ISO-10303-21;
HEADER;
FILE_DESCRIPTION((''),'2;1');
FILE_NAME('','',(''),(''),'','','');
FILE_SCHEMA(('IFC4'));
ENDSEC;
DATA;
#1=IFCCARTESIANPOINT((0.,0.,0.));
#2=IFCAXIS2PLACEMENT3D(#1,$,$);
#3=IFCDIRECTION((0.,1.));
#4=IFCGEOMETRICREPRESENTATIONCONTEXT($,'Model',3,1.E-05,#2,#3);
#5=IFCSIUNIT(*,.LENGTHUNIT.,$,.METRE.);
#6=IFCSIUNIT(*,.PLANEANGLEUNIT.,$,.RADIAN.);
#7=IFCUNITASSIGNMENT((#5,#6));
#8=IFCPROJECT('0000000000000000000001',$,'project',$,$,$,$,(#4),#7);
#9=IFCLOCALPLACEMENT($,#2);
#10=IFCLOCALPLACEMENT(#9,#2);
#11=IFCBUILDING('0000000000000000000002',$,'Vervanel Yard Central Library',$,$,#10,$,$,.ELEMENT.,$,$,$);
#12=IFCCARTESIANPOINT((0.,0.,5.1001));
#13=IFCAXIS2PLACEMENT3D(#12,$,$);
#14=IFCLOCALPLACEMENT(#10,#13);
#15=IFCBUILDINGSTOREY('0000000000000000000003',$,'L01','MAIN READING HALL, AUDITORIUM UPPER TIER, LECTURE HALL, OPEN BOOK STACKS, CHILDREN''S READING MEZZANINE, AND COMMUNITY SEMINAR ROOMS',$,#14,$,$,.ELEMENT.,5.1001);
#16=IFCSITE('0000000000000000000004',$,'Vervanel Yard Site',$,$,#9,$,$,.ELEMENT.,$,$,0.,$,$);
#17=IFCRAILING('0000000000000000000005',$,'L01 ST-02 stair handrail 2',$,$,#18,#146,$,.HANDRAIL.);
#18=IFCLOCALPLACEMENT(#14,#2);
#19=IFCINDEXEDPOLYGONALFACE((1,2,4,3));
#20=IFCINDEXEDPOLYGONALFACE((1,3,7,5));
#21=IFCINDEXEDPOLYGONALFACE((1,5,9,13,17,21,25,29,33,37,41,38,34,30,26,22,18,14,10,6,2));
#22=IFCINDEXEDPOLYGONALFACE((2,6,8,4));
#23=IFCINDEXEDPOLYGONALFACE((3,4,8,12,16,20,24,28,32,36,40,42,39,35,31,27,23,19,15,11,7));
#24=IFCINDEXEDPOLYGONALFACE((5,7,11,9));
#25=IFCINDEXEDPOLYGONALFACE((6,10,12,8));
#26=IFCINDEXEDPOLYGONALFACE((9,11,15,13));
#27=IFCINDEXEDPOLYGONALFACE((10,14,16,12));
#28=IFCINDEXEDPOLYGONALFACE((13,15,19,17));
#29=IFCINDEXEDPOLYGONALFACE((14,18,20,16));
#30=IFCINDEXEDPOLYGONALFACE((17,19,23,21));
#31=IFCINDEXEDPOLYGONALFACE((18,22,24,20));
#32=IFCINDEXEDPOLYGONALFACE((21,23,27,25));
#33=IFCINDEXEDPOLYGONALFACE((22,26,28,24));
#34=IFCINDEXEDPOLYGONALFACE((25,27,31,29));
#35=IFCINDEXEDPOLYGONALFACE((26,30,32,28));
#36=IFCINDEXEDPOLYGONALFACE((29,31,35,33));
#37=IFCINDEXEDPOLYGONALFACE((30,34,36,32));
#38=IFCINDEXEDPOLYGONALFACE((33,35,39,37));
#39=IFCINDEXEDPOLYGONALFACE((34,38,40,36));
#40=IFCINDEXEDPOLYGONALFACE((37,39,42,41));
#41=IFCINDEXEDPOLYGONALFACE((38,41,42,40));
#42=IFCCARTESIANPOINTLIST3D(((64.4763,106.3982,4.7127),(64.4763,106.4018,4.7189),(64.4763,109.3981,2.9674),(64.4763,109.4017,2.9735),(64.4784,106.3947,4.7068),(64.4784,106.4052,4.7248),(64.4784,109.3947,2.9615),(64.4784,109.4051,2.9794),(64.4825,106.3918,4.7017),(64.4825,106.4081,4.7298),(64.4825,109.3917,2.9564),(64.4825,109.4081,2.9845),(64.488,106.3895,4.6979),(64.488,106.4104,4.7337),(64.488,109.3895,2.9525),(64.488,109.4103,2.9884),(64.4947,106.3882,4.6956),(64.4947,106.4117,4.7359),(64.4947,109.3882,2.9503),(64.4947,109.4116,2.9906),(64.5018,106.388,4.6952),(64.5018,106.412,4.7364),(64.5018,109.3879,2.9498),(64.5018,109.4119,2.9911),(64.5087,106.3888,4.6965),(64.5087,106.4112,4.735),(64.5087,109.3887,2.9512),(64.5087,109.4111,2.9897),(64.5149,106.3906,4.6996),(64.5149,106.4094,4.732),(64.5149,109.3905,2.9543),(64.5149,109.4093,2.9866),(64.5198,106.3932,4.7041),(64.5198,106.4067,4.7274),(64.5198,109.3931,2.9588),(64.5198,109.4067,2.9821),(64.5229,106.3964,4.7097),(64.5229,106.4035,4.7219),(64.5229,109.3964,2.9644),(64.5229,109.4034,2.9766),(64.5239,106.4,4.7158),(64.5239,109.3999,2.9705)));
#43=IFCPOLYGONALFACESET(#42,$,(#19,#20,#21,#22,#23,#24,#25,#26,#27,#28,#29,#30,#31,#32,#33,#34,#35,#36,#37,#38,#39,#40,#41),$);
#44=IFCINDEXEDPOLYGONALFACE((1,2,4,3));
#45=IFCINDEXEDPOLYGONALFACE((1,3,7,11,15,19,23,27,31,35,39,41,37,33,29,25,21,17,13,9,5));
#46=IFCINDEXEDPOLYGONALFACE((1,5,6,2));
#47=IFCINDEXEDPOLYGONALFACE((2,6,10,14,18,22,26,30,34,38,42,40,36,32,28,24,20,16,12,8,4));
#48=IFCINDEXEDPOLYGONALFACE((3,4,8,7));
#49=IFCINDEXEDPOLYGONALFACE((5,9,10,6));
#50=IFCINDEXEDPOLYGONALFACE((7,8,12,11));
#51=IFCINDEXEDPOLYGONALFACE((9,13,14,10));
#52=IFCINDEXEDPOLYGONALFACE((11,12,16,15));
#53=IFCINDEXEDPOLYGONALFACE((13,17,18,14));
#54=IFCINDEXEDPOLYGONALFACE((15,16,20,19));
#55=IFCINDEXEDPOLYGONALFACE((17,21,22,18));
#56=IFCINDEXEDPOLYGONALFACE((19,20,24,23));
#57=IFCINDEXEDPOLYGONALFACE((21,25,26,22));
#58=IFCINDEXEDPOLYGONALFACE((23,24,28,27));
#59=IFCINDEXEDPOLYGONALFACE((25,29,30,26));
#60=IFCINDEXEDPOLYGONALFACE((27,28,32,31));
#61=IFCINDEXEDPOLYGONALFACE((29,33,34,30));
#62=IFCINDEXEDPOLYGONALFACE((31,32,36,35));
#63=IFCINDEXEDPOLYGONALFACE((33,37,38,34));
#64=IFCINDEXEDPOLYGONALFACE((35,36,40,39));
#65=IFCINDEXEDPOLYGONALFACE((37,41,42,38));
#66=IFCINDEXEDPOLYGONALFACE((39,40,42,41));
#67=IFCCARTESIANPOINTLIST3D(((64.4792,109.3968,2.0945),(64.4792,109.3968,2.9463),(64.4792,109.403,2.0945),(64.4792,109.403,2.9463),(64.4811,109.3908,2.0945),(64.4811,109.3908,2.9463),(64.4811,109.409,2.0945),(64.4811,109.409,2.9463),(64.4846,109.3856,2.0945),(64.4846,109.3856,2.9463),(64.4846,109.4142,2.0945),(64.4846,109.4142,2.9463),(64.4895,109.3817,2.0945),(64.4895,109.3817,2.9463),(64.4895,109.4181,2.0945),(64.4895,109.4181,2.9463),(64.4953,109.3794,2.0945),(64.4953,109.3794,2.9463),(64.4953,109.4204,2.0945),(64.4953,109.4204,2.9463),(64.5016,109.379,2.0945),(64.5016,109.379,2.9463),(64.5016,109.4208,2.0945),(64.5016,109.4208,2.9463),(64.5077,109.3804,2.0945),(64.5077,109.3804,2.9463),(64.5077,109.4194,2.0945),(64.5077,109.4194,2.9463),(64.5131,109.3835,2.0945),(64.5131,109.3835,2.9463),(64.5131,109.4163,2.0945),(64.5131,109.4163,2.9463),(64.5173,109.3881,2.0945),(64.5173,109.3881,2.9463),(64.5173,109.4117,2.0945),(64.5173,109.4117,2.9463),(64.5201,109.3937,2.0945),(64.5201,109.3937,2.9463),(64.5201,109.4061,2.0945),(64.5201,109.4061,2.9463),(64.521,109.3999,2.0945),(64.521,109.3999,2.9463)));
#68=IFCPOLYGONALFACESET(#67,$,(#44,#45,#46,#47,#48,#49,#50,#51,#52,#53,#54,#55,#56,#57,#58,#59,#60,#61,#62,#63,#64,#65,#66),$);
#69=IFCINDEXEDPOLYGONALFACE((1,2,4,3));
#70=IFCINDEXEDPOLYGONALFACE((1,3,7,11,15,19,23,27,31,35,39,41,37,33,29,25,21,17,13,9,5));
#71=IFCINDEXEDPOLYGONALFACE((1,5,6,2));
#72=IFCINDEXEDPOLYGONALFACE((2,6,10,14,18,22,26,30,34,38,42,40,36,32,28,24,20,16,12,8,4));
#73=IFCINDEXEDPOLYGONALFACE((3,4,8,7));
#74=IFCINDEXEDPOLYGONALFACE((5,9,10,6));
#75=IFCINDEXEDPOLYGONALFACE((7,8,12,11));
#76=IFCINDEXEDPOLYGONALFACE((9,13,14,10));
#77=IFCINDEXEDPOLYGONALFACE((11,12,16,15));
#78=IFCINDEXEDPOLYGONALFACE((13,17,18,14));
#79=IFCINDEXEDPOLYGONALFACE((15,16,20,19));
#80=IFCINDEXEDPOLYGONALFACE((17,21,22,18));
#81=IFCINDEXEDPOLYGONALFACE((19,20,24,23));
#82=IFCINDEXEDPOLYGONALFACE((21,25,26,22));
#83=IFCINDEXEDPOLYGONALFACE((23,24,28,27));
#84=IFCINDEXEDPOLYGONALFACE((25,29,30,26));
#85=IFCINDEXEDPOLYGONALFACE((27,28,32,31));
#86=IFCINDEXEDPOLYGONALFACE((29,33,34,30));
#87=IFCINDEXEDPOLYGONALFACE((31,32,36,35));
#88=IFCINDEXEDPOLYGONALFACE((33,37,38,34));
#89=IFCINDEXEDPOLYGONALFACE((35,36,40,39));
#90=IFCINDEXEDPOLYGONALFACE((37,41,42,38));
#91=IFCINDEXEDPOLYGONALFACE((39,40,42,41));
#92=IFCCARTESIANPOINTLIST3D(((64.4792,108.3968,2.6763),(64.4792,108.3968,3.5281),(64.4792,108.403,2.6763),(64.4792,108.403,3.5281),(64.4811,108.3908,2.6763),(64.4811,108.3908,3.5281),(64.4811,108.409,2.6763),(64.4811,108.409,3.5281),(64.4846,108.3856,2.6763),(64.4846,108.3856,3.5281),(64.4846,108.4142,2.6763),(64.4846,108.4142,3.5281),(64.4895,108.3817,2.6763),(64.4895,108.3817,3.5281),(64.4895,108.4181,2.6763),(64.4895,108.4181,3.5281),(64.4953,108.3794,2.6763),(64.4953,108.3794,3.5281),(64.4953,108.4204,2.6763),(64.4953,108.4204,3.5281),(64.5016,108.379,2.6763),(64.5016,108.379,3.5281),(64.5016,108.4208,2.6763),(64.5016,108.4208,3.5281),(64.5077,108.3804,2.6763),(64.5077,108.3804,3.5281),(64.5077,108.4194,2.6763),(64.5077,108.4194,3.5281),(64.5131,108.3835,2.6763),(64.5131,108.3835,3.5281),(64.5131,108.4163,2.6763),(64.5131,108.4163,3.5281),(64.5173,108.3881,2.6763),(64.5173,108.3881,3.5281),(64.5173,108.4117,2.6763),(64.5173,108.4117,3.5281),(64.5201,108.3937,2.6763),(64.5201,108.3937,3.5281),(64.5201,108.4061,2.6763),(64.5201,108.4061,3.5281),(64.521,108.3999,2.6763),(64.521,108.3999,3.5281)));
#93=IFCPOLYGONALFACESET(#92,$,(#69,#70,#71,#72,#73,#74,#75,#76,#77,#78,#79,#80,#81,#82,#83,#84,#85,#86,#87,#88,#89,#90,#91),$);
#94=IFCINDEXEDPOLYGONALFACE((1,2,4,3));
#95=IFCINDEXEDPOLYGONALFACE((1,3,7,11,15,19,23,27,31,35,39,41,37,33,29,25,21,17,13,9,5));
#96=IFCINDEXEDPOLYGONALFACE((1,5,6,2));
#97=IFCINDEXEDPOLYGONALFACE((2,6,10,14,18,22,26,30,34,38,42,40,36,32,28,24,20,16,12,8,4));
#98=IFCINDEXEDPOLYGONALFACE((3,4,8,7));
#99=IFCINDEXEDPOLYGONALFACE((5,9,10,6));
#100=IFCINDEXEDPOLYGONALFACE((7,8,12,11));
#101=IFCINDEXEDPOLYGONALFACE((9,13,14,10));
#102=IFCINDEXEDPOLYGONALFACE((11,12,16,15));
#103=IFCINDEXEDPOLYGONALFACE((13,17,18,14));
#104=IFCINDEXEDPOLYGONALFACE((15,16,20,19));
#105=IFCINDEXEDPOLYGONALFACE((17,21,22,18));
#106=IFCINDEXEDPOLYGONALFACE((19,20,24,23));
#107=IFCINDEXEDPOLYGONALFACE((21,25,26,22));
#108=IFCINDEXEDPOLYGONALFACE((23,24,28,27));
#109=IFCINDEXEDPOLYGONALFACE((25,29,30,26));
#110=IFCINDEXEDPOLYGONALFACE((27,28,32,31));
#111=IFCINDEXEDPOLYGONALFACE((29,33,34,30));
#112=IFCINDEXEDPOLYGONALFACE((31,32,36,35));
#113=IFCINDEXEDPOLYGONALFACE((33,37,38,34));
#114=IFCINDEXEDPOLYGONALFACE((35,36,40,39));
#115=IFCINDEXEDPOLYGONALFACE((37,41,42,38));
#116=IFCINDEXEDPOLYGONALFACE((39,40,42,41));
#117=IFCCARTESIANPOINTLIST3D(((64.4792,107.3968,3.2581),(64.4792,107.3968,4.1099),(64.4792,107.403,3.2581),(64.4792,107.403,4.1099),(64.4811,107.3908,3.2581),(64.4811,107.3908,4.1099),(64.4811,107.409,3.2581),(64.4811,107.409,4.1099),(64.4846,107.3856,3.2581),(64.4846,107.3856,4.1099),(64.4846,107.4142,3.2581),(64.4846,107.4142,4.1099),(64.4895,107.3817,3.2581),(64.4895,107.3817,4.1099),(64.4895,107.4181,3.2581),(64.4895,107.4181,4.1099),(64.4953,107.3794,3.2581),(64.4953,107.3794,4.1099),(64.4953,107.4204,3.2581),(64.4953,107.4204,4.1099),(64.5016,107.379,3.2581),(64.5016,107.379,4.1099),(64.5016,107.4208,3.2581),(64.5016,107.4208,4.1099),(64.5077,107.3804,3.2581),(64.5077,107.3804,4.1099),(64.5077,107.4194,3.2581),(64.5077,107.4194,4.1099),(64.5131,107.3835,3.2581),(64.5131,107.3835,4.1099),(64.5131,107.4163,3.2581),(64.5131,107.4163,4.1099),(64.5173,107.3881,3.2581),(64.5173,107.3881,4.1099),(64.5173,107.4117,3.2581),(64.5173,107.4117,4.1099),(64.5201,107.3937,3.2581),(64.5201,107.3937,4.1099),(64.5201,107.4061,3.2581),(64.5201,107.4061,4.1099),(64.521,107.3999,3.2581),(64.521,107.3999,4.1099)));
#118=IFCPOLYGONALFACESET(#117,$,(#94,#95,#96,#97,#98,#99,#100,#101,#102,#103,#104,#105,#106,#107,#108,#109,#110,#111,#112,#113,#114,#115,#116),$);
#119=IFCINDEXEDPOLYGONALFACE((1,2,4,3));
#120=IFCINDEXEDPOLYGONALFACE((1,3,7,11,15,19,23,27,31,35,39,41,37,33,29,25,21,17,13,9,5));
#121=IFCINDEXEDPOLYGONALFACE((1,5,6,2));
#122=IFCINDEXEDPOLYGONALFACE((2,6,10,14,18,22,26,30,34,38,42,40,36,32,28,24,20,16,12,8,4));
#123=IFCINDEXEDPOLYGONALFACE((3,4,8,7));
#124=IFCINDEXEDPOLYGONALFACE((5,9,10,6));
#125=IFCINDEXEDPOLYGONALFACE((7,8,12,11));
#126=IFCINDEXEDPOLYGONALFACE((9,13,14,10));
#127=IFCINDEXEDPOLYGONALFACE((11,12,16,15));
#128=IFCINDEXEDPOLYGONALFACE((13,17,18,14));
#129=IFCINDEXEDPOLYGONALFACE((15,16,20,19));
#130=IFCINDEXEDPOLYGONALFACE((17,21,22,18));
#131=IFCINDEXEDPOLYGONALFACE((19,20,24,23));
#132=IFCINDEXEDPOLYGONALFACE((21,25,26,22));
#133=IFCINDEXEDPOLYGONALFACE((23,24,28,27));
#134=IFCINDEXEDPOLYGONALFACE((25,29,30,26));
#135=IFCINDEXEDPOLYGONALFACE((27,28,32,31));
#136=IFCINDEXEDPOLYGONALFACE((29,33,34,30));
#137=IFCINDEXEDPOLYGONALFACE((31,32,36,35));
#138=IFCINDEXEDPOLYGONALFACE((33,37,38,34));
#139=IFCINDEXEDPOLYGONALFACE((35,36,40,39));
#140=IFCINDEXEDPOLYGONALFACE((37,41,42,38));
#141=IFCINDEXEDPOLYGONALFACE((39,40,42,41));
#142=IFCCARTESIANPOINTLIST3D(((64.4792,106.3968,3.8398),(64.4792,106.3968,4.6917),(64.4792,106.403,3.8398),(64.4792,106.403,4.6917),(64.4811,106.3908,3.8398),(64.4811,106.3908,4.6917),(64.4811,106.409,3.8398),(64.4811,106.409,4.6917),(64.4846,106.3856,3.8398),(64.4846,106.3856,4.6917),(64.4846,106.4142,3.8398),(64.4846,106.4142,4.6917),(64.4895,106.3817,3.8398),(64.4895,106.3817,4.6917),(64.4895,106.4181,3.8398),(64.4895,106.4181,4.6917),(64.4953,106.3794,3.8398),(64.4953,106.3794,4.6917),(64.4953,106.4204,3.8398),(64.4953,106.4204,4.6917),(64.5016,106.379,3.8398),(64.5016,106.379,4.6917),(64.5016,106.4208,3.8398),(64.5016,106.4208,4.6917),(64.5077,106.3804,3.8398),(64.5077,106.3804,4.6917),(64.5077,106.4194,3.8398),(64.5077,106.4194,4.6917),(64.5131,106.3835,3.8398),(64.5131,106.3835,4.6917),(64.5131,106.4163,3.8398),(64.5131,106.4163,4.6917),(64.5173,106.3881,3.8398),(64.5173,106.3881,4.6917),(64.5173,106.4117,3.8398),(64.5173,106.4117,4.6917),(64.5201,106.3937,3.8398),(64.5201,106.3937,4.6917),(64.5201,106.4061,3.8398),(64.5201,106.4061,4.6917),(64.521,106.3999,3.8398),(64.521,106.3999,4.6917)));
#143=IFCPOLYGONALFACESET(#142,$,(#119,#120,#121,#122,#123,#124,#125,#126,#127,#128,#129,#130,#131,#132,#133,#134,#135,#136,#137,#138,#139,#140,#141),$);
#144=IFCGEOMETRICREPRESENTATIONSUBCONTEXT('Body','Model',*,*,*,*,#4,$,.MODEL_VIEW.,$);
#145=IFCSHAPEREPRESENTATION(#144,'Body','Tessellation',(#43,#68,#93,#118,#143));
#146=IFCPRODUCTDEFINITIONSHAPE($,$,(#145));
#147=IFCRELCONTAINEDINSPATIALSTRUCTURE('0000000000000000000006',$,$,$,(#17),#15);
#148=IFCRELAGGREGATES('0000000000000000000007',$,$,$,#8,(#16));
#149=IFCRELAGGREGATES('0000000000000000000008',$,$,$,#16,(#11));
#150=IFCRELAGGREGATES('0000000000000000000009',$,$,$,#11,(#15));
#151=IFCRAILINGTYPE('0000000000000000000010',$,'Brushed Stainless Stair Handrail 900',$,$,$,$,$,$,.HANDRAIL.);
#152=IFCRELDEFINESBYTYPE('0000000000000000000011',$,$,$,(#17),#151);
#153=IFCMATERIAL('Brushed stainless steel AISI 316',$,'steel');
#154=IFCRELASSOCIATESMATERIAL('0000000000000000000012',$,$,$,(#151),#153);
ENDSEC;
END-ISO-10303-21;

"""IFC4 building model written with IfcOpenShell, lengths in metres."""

from ifc_helpers import new_model, si_unit, direction, frame, origin, origin_2d, place, context, subcontext, project, spatial, circle, extrude, material, type_object, element, save


model = new_model("IFC4")

# Units and contexts
model_context = context("Model", 3, precision=1e-05, world=origin(), true_north=direction((0.0, 1.0)))
body_context = subcontext(model_context, "Body", "Model", "MODEL_VIEW")
ifc_project = project(units=[si_unit("LENGTHUNIT", "METRE"), si_unit("PLANEANGLEUNIT", "RADIAN")], contexts=[model_context])

# Site, building, storey
site_placement = place(None, origin())
site = spatial("IfcSite", under=ifc_project, at=site_placement, Name="Vervanel Yard Site", CompositionType="ELEMENT", RefElevation=0.0)
building_placement = place(site_placement, origin())
building = spatial("IfcBuilding", under=site, at=building_placement, Name="Vervanel Yard Central Library", CompositionType="ELEMENT")
storey_placement = place(building_placement, frame((0.0, 0.0, 5.1001)))
storey = spatial("IfcBuildingStorey", under=building, at=storey_placement, Name="L01", Description="MAIN READING HALL, AUDITORIUM UPPER TIER, LECTURE HALL, OPEN BOOK STACKS, CHILDREN'S READING MEZZANINE, AND COMMUNITY SEMINAR ROOMS", CompositionType="ELEMENT", Elevation=5.1001)

# Shared definitions
ifc_material_1 = material(Name="Brushed stainless steel AISI 316", Category="steel")

# Railing
railing_type_1 = type_object("IfcRailingType", Name="Brushed Stainless Stair Handrail 900", PredefinedType="HANDRAIL", material=ifc_material_1)
railing_1_placement = place(storey_placement, frame((64.5, 109.3999, 2.0945)))
element("IfcRailing", 1, at=railing_1_placement, inside=storey, type_object=railing_type_1, Name="L01 ST-02 stair handrail 2", PredefinedType="HANDRAIL", context=body_context, shape_type="SweptSolid", body=[
    extrude(circle(Radius=0.0239, at=origin_2d()), frame((0.0, 0.0, 0.876), z_axis=(0.0, -0.86436, 0.502874), x_axis=(1.0, 0.0, 0.0)), (0.0, 0.0, 1.0), 3.4707),
    extrude(circle(Radius=0.021, at=origin_2d()), origin(), (0.0, 0.0, 1.0), 0.8518),
    extrude(circle(Radius=0.021, at=origin_2d()), frame((0.0, -1.0, 0.5818)), (0.0, 0.0, 1.0), 0.8518),
    extrude(circle(Radius=0.021, at=origin_2d()), frame((0.0, -2.0, 1.1636)), (0.0, 0.0, 1.0), 0.8518),
    extrude(circle(Radius=0.021, at=origin_2d()), frame((0.0, -3.0, 1.7454)), (0.0, 0.0, 1.0), 0.8518),
])

save(model, "model.ifc")
